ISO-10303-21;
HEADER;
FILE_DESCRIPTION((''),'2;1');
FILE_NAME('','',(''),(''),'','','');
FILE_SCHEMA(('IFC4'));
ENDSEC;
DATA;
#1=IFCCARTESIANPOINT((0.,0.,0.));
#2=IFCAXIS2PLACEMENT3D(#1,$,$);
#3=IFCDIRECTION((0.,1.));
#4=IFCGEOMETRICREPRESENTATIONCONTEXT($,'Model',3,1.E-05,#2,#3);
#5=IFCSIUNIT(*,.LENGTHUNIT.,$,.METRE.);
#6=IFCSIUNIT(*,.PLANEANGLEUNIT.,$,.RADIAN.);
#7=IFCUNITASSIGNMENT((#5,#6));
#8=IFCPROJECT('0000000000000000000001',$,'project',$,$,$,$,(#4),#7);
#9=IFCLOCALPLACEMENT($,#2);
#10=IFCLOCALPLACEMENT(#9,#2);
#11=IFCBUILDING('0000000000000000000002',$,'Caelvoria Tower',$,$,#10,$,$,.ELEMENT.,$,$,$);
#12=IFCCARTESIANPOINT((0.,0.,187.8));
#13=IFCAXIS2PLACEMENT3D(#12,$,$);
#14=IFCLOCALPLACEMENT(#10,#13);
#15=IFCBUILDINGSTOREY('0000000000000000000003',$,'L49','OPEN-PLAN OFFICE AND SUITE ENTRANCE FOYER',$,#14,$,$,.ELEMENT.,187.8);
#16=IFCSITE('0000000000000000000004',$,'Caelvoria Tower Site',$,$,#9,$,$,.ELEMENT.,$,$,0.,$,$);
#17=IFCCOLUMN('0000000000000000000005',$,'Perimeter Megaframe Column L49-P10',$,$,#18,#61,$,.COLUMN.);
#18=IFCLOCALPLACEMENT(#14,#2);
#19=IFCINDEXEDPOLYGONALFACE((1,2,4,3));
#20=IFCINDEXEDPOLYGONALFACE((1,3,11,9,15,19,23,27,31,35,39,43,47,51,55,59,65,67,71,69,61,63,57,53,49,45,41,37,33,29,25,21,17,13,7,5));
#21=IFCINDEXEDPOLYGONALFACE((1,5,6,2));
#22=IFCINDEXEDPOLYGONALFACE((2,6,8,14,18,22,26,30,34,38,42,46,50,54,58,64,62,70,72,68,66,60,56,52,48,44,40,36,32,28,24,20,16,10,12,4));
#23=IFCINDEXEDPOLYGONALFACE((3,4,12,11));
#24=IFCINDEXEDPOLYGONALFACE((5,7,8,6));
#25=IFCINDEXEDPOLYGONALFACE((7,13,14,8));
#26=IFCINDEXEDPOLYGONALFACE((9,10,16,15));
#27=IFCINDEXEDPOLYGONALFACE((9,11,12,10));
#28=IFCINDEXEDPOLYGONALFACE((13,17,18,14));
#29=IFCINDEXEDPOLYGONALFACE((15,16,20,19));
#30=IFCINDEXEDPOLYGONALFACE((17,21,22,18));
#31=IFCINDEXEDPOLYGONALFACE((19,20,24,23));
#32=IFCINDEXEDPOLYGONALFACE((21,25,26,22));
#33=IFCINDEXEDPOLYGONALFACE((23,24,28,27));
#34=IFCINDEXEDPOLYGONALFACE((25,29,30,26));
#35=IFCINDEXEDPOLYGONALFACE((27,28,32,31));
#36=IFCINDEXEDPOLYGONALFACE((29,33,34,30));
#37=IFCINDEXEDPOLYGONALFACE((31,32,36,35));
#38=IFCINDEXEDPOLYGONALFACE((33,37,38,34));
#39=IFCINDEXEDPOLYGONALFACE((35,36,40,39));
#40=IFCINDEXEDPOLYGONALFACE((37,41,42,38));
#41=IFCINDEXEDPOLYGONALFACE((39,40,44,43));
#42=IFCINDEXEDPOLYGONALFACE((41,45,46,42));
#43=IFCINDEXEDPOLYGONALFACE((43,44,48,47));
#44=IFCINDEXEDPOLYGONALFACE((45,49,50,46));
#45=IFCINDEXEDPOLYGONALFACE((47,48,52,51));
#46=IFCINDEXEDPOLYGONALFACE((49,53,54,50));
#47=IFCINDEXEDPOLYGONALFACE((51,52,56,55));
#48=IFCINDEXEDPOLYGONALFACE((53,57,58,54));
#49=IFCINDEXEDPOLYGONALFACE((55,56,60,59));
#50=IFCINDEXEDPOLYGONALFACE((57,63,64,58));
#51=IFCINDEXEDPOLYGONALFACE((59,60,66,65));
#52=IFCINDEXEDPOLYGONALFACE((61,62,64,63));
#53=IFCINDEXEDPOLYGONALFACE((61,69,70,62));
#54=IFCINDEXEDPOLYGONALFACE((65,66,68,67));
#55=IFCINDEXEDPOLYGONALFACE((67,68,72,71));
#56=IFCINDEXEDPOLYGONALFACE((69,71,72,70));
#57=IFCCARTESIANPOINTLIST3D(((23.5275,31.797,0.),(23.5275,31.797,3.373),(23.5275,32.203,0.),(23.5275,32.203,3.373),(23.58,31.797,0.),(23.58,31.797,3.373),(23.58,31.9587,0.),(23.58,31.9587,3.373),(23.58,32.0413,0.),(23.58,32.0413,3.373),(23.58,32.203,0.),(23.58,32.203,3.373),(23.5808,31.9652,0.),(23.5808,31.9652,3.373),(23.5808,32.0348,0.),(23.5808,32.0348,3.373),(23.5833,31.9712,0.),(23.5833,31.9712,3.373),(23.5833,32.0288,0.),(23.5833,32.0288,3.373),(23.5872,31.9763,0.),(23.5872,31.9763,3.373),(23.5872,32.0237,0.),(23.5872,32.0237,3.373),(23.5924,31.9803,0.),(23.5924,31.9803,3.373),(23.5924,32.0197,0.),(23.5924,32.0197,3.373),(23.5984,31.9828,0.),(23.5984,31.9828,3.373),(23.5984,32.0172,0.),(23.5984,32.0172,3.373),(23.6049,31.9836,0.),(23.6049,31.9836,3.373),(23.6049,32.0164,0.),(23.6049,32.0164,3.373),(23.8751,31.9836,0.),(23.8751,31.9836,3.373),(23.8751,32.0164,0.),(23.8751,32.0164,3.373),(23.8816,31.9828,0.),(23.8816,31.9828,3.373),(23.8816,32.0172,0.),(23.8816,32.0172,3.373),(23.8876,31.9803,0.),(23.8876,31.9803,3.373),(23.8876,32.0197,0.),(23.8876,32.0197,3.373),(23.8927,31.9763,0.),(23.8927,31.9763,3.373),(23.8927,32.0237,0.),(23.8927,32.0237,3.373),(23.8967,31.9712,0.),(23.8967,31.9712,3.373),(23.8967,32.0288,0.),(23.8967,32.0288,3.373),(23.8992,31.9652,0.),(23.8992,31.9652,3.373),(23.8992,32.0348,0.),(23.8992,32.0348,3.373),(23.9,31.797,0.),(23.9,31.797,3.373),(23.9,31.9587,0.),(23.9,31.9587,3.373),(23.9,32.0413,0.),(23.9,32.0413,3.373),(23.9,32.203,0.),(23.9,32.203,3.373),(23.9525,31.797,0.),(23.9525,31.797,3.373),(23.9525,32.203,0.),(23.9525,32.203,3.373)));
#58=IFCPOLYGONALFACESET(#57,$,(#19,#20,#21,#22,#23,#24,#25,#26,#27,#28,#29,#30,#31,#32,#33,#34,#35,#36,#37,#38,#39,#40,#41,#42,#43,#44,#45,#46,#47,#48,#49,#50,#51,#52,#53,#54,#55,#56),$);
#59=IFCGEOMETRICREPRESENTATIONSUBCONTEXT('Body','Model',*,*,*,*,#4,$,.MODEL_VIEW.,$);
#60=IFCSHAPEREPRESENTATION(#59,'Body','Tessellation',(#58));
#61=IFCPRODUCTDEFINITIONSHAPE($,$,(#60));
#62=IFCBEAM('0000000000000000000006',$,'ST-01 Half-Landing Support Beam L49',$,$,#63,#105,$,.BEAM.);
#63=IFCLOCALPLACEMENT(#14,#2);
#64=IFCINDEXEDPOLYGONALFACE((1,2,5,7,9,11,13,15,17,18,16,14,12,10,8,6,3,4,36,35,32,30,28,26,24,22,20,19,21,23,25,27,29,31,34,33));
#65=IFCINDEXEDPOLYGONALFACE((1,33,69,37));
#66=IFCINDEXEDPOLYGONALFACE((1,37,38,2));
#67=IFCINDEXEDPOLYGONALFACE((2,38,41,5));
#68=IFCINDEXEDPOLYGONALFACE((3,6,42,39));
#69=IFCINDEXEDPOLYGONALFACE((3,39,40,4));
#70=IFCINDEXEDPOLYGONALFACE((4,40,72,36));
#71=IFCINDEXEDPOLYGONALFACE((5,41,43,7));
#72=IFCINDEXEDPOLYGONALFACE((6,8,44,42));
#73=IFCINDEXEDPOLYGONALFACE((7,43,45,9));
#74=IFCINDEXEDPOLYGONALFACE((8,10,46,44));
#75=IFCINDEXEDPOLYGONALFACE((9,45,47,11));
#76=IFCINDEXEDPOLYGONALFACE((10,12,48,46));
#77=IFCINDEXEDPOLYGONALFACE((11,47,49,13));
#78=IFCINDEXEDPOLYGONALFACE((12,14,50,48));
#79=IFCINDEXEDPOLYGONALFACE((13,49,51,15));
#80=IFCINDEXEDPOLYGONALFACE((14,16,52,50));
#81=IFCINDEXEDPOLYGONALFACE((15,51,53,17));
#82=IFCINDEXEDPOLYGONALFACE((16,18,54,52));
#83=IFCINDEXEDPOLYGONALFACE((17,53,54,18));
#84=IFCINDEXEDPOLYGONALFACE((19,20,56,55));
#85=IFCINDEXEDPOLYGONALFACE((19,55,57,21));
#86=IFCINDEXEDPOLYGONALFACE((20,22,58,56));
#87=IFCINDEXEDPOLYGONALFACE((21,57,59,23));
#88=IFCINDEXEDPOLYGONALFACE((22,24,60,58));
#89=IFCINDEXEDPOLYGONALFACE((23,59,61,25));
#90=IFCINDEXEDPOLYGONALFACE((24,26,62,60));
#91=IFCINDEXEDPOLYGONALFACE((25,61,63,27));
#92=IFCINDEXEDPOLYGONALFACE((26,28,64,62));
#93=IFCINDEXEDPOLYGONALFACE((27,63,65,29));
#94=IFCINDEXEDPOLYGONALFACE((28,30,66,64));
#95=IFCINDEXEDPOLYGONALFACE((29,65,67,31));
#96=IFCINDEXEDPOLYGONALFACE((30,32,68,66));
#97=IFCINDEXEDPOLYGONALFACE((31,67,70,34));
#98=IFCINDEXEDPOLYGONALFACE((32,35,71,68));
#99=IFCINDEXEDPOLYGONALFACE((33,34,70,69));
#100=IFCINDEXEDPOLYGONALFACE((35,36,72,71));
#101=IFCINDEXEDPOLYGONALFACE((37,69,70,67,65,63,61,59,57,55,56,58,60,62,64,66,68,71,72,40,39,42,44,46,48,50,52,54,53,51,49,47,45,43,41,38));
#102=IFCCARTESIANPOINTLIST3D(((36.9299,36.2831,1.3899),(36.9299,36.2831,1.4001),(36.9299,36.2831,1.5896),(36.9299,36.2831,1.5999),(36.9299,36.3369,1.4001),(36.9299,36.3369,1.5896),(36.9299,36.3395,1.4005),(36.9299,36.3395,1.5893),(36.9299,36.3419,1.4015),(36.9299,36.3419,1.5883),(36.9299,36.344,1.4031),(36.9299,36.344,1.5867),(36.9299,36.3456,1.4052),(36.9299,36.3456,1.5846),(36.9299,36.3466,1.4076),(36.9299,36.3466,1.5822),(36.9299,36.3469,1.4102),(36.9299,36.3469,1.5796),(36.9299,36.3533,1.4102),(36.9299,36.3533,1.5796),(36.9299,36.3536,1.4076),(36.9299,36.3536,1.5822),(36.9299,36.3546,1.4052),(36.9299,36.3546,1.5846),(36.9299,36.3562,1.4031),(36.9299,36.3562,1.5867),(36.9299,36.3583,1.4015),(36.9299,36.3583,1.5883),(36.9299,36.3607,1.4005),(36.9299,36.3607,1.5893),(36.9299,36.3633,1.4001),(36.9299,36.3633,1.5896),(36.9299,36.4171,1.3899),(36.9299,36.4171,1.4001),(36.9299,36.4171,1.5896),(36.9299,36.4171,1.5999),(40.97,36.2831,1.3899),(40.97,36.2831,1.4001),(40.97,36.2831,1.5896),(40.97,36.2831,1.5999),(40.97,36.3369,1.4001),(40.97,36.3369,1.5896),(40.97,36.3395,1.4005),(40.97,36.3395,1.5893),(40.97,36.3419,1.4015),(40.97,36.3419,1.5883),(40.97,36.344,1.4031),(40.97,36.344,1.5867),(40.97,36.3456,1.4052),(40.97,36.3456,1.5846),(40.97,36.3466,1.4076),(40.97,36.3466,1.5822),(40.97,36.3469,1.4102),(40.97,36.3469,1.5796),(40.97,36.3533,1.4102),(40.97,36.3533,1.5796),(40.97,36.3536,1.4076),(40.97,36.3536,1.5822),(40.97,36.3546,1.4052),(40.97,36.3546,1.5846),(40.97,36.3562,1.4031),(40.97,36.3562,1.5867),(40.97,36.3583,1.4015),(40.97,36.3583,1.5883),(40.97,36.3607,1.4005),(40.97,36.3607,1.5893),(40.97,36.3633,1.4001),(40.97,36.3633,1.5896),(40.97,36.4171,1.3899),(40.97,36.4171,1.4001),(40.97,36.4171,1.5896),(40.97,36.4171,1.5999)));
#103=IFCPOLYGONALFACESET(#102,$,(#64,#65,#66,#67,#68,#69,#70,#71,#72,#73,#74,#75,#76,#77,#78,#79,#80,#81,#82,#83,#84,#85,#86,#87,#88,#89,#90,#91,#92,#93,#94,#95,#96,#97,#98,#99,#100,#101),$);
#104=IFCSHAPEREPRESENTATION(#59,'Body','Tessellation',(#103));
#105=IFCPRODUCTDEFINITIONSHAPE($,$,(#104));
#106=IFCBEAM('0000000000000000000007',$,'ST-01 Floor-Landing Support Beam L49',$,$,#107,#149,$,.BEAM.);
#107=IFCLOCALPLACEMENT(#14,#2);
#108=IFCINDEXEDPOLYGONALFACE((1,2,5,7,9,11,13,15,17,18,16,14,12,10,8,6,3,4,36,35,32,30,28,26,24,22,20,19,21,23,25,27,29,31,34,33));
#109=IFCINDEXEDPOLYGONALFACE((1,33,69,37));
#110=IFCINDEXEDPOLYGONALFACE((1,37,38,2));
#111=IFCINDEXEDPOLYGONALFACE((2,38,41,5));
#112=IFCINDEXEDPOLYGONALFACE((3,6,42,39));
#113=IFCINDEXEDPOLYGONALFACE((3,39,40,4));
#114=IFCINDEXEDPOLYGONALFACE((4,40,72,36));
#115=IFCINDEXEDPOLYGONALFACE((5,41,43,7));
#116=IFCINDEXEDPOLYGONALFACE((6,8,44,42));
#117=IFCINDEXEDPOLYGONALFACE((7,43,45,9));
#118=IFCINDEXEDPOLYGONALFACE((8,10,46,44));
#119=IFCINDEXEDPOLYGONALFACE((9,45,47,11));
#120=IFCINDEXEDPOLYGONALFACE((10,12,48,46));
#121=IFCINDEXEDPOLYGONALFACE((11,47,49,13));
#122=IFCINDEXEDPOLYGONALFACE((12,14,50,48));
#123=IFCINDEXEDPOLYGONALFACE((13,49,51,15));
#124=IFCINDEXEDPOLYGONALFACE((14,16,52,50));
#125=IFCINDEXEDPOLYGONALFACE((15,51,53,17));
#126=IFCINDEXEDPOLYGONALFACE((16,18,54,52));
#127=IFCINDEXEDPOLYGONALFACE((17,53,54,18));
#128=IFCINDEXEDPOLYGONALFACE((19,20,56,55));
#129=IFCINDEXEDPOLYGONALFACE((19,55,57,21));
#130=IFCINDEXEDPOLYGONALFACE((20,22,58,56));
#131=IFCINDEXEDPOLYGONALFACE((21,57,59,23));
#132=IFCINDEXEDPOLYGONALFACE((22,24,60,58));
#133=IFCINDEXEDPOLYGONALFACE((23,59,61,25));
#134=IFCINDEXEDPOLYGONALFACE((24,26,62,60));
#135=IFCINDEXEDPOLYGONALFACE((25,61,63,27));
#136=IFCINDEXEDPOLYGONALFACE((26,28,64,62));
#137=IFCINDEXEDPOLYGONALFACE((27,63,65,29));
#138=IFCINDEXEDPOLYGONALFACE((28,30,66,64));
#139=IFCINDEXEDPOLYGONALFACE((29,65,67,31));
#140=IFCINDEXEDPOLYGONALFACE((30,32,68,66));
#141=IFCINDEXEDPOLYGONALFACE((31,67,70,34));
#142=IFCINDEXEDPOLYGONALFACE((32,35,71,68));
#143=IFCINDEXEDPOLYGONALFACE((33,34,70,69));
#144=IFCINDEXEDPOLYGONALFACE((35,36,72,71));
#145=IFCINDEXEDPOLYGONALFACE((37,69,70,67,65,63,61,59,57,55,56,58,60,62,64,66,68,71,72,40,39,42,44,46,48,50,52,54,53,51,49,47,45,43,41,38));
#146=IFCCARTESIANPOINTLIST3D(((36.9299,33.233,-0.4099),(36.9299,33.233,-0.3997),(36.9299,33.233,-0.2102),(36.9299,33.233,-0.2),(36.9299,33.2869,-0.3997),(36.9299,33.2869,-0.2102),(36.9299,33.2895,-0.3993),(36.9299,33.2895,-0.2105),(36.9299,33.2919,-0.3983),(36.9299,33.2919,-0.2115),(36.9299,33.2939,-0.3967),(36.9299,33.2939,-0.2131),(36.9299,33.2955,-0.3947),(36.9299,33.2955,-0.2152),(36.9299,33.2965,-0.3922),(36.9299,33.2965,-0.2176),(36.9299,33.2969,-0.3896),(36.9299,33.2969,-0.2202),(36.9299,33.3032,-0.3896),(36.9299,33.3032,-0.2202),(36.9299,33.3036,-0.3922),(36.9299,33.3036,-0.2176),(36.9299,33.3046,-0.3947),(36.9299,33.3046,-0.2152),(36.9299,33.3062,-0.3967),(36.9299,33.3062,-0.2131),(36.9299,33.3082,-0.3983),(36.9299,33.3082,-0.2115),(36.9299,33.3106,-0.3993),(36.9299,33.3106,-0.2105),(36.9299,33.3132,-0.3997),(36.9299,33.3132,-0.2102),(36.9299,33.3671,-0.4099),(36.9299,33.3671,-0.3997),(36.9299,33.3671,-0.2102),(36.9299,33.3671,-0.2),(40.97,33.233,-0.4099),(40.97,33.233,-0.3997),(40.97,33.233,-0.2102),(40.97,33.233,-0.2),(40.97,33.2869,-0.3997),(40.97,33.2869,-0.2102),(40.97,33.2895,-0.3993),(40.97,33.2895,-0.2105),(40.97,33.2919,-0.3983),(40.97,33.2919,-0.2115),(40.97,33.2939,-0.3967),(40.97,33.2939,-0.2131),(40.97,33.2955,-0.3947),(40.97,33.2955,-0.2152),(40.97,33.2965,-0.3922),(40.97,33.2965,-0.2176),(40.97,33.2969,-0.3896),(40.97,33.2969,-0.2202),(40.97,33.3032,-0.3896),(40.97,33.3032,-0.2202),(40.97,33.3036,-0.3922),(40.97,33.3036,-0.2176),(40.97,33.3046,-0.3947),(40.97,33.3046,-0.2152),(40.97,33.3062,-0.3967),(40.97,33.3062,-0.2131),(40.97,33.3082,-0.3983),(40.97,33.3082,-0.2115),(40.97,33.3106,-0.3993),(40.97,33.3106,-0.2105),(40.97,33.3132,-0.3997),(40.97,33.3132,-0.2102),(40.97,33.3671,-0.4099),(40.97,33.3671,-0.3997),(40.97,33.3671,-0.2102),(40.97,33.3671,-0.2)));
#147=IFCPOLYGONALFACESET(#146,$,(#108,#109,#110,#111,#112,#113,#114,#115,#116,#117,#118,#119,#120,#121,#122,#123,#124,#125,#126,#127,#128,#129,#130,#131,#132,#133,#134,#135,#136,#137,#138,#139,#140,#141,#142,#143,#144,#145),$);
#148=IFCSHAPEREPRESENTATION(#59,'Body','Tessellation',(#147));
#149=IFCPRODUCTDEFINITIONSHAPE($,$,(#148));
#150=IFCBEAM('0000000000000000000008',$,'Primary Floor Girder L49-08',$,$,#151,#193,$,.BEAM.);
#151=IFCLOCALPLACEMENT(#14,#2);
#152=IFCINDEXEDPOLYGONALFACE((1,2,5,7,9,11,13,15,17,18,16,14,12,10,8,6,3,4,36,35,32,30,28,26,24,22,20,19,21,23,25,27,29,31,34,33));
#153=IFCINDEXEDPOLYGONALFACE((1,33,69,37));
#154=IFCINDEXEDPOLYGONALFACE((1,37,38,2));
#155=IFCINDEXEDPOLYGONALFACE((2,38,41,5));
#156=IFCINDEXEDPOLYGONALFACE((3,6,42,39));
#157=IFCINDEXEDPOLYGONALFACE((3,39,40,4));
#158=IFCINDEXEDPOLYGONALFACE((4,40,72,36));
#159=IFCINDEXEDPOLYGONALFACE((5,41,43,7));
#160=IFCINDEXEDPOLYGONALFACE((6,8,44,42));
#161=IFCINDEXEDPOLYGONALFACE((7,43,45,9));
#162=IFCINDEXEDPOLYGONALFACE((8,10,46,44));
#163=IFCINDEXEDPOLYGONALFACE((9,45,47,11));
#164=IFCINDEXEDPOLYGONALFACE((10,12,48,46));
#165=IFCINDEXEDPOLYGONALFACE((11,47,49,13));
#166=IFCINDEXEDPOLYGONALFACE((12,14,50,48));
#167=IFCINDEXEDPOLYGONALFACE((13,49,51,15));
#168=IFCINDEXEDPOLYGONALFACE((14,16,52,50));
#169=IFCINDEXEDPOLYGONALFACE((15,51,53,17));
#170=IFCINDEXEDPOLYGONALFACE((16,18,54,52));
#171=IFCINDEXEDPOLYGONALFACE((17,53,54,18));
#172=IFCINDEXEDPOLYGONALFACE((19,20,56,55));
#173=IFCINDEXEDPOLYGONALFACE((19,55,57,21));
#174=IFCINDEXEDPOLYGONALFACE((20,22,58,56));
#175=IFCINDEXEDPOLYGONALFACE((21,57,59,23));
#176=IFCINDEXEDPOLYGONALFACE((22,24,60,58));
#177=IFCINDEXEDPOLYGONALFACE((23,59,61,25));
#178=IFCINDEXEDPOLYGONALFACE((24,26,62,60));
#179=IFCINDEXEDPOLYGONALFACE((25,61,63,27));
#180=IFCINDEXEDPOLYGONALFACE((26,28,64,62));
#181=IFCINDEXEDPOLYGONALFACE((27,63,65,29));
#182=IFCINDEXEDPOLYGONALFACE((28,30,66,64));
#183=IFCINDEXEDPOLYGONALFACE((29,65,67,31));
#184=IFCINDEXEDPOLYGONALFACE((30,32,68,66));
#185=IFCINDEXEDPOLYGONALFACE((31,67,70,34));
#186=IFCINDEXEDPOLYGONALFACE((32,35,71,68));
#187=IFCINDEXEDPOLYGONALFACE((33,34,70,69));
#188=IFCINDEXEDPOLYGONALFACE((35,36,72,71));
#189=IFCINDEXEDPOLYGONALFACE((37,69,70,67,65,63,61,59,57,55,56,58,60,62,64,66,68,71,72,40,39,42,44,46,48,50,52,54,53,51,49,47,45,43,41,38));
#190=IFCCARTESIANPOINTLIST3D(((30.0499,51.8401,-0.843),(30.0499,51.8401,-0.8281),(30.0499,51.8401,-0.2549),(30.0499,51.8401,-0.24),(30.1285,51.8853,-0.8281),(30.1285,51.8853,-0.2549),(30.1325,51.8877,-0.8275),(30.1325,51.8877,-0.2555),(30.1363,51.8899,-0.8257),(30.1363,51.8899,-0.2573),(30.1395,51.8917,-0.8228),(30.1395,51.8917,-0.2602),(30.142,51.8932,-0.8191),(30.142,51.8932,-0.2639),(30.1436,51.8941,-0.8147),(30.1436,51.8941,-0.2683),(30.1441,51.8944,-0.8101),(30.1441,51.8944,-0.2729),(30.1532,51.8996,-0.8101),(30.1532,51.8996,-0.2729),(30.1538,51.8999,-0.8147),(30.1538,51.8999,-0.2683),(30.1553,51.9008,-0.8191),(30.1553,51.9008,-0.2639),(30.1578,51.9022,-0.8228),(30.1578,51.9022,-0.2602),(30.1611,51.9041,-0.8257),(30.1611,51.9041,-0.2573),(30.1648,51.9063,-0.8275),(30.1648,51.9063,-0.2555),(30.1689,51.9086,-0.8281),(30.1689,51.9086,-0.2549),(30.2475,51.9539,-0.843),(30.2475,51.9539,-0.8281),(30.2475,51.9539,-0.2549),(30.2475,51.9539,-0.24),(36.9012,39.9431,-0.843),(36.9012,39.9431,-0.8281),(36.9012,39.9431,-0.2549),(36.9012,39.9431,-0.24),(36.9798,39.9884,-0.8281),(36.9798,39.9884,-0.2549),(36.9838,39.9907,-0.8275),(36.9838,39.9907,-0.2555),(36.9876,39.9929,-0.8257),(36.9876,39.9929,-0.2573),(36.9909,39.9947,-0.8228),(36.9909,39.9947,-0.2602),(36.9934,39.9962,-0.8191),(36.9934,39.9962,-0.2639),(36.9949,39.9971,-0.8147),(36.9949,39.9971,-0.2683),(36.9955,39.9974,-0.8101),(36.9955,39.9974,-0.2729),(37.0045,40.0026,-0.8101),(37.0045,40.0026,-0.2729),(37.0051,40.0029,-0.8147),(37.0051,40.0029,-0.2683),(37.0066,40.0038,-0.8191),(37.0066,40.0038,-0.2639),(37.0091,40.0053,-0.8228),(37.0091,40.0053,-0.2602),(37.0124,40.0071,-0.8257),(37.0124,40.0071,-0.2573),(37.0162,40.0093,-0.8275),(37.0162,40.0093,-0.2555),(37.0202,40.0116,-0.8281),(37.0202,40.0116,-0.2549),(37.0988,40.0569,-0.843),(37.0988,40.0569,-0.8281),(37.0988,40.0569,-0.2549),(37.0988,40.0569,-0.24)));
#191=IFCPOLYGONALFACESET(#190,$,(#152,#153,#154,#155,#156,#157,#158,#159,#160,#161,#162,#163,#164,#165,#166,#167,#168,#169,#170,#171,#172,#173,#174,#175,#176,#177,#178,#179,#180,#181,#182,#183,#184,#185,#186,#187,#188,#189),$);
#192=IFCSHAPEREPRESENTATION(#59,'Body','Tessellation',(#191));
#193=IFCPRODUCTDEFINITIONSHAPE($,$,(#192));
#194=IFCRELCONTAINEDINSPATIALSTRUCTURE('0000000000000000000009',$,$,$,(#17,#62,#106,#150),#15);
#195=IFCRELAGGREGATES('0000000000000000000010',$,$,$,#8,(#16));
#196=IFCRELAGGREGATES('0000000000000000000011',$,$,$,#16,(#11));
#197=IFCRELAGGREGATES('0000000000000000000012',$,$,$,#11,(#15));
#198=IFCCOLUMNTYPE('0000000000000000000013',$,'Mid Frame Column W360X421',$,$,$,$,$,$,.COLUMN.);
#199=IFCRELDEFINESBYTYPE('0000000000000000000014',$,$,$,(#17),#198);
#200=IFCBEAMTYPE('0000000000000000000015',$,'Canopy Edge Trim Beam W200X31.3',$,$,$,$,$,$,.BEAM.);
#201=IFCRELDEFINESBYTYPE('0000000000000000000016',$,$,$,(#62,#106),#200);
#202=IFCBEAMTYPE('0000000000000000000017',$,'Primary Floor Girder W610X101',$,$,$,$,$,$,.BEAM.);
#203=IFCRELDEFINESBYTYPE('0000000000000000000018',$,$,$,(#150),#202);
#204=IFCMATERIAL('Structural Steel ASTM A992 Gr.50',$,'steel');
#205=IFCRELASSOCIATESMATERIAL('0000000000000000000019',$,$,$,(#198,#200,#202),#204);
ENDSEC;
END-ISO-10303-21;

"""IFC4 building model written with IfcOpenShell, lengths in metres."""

from ifc_helpers import new_model, si_unit, direction, frame, origin, origin_2d, place, context, subcontext, project, spatial, i_section, extrude, material, material_profile, profile_set, type_object, element, save


model = new_model("IFC4")

# Units and contexts
model_context = context("Model", 3, precision=1e-05, world=origin(), true_north=direction((0.0, 1.0)))
body_context = subcontext(model_context, "Body", "Model", "MODEL_VIEW")
ifc_project = project(units=[si_unit("LENGTHUNIT", "METRE"), si_unit("PLANEANGLEUNIT", "RADIAN")], contexts=[model_context])

# Site, building, storey
site_placement = place(None, origin())
site = spatial("IfcSite", under=ifc_project, at=site_placement, Name="Caelvoria Tower Site", CompositionType="ELEMENT", RefElevation=0.0)
building_placement = place(site_placement, origin())
building = spatial("IfcBuilding", under=site, at=building_placement, Name="Caelvoria Tower", CompositionType="ELEMENT")
storey_placement = place(building_placement, frame((0.0, 0.0, 187.8)))
storey = spatial("IfcBuildingStorey", under=building, at=storey_placement, Name="L49", Description="OPEN-PLAN OFFICE AND SUITE ENTRANCE FOYER", CompositionType="ELEMENT", Elevation=187.8)

# Column
ifc_material_1 = material(Name="Structural Steel ASTM A992 Gr.50", Category="steel")
ifc_material_profile_1 = material_profile(ifc_material_1, i_section(OverallWidth=0.406, OverallDepth=0.425, WebThickness=0.0327, FlangeThickness=0.0525, FilletRadius=0.0249, at=origin_2d()), Name="Structural Steel ASTM A992 Gr.50")
ifc_profile_set_1 = profile_set([ifc_material_profile_1], Name="W360X421 - Structural Steel ASTM A992 Gr.50")
column_type = type_object("IfcColumnType", Name="Mid Frame Column W360X421", PredefinedType="COLUMN", material=ifc_profile_set_1)
column_placement = place(storey_placement, frame((23.74, 32.0, 0.0), z_axis=(0.0, 0.0, 1.0), x_axis=(0.0, 1.0, 0.0)))
element("IfcColumn", 1, at=column_placement, inside=storey, type_object=column_type, Name="Perimeter Megaframe Column L49-P10", PredefinedType="COLUMN", context=body_context, shape_type="SweptSolid", body=[
    extrude(i_section(OverallWidth=0.406, OverallDepth=0.425, WebThickness=0.0327, FlangeThickness=0.0525, FilletRadius=0.0249, at=origin_2d()), origin(), (0.0, 0.0, 1.0), 3.373),
])

# Beams
ifc_material_profile_2 = material_profile(ifc_material_1, i_section(OverallWidth=0.134, OverallDepth=0.21, WebThickness=0.0063, FlangeThickness=0.0103, FilletRadius=0.01, at=origin_2d()), Name="Structural Steel ASTM A992 Gr.50")
ifc_profile_set_2 = profile_set([ifc_material_profile_2], Name="W200X31.3 - Structural Steel ASTM A992 Gr.50")
beam_type_1 = type_object("IfcBeamType", Name="Canopy Edge Trim Beam W200X31.3", PredefinedType="BEAM", material=ifc_profile_set_2)
for number, where, z_axis, x_axis, name in (
    (2, (36.9299, 36.3501, 1.4949), (1.0, 0.0, 0.0), (0.0, 1.0, 0.0), "ST-01 Half-Landing Support Beam L49"),
    (3, (36.9299, 33.3, -0.3049), (1.0, 0.0, 0.0), (0.0, 1.0, 0.0), "ST-01 Floor-Landing Support Beam L49"),
):
    element("IfcBeam", number, at=place(storey_placement, frame(where, z_axis=z_axis, x_axis=x_axis)), inside=storey, type_object=beam_type_1, Name=name, PredefinedType="BEAM", context=body_context, shape_type="SweptSolid", body=[
        extrude(i_section(OverallWidth=0.134, OverallDepth=0.21, WebThickness=0.0063, FlangeThickness=0.0103, FilletRadius=0.01, at=origin_2d()), origin(), (0.0, 0.0, 1.0), 4.04),
    ])
ifc_material_profile_3 = material_profile(ifc_material_1, i_section(OverallWidth=0.228, OverallDepth=0.603, WebThickness=0.0105, FlangeThickness=0.0149, FilletRadius=0.0181, at=origin_2d()), Name="Structural Steel ASTM A992 Gr.50")
ifc_profile_set_3 = profile_set([ifc_material_profile_3], Name="W610X101 - Structural Steel ASTM A992 Gr.50")
beam_type_2 = type_object("IfcBeamType", Name="Primary Floor Girder W610X101", PredefinedType="BEAM", material=ifc_profile_set_3)
beam_1_placement = place(storey_placement, frame((37.0, 40.0, -0.5415), z_axis=(-0.499049, 0.866574, 0.0), x_axis=(-0.866574, -0.499049, 0.0)))
element("IfcBeam", 4, at=beam_1_placement, inside=storey, type_object=beam_type_2, Name="Primary Floor Girder L49-08", PredefinedType="BEAM", context=body_context, shape_type="SweptSolid", body=[
    extrude(i_section(OverallWidth=0.228, OverallDepth=0.603, WebThickness=0.0105, FlangeThickness=0.0149, FilletRadius=0.0181, at=origin_2d()), origin(), (0.0, 0.0, 1.0), 13.7288),
])

save(model, "model.ifc")
